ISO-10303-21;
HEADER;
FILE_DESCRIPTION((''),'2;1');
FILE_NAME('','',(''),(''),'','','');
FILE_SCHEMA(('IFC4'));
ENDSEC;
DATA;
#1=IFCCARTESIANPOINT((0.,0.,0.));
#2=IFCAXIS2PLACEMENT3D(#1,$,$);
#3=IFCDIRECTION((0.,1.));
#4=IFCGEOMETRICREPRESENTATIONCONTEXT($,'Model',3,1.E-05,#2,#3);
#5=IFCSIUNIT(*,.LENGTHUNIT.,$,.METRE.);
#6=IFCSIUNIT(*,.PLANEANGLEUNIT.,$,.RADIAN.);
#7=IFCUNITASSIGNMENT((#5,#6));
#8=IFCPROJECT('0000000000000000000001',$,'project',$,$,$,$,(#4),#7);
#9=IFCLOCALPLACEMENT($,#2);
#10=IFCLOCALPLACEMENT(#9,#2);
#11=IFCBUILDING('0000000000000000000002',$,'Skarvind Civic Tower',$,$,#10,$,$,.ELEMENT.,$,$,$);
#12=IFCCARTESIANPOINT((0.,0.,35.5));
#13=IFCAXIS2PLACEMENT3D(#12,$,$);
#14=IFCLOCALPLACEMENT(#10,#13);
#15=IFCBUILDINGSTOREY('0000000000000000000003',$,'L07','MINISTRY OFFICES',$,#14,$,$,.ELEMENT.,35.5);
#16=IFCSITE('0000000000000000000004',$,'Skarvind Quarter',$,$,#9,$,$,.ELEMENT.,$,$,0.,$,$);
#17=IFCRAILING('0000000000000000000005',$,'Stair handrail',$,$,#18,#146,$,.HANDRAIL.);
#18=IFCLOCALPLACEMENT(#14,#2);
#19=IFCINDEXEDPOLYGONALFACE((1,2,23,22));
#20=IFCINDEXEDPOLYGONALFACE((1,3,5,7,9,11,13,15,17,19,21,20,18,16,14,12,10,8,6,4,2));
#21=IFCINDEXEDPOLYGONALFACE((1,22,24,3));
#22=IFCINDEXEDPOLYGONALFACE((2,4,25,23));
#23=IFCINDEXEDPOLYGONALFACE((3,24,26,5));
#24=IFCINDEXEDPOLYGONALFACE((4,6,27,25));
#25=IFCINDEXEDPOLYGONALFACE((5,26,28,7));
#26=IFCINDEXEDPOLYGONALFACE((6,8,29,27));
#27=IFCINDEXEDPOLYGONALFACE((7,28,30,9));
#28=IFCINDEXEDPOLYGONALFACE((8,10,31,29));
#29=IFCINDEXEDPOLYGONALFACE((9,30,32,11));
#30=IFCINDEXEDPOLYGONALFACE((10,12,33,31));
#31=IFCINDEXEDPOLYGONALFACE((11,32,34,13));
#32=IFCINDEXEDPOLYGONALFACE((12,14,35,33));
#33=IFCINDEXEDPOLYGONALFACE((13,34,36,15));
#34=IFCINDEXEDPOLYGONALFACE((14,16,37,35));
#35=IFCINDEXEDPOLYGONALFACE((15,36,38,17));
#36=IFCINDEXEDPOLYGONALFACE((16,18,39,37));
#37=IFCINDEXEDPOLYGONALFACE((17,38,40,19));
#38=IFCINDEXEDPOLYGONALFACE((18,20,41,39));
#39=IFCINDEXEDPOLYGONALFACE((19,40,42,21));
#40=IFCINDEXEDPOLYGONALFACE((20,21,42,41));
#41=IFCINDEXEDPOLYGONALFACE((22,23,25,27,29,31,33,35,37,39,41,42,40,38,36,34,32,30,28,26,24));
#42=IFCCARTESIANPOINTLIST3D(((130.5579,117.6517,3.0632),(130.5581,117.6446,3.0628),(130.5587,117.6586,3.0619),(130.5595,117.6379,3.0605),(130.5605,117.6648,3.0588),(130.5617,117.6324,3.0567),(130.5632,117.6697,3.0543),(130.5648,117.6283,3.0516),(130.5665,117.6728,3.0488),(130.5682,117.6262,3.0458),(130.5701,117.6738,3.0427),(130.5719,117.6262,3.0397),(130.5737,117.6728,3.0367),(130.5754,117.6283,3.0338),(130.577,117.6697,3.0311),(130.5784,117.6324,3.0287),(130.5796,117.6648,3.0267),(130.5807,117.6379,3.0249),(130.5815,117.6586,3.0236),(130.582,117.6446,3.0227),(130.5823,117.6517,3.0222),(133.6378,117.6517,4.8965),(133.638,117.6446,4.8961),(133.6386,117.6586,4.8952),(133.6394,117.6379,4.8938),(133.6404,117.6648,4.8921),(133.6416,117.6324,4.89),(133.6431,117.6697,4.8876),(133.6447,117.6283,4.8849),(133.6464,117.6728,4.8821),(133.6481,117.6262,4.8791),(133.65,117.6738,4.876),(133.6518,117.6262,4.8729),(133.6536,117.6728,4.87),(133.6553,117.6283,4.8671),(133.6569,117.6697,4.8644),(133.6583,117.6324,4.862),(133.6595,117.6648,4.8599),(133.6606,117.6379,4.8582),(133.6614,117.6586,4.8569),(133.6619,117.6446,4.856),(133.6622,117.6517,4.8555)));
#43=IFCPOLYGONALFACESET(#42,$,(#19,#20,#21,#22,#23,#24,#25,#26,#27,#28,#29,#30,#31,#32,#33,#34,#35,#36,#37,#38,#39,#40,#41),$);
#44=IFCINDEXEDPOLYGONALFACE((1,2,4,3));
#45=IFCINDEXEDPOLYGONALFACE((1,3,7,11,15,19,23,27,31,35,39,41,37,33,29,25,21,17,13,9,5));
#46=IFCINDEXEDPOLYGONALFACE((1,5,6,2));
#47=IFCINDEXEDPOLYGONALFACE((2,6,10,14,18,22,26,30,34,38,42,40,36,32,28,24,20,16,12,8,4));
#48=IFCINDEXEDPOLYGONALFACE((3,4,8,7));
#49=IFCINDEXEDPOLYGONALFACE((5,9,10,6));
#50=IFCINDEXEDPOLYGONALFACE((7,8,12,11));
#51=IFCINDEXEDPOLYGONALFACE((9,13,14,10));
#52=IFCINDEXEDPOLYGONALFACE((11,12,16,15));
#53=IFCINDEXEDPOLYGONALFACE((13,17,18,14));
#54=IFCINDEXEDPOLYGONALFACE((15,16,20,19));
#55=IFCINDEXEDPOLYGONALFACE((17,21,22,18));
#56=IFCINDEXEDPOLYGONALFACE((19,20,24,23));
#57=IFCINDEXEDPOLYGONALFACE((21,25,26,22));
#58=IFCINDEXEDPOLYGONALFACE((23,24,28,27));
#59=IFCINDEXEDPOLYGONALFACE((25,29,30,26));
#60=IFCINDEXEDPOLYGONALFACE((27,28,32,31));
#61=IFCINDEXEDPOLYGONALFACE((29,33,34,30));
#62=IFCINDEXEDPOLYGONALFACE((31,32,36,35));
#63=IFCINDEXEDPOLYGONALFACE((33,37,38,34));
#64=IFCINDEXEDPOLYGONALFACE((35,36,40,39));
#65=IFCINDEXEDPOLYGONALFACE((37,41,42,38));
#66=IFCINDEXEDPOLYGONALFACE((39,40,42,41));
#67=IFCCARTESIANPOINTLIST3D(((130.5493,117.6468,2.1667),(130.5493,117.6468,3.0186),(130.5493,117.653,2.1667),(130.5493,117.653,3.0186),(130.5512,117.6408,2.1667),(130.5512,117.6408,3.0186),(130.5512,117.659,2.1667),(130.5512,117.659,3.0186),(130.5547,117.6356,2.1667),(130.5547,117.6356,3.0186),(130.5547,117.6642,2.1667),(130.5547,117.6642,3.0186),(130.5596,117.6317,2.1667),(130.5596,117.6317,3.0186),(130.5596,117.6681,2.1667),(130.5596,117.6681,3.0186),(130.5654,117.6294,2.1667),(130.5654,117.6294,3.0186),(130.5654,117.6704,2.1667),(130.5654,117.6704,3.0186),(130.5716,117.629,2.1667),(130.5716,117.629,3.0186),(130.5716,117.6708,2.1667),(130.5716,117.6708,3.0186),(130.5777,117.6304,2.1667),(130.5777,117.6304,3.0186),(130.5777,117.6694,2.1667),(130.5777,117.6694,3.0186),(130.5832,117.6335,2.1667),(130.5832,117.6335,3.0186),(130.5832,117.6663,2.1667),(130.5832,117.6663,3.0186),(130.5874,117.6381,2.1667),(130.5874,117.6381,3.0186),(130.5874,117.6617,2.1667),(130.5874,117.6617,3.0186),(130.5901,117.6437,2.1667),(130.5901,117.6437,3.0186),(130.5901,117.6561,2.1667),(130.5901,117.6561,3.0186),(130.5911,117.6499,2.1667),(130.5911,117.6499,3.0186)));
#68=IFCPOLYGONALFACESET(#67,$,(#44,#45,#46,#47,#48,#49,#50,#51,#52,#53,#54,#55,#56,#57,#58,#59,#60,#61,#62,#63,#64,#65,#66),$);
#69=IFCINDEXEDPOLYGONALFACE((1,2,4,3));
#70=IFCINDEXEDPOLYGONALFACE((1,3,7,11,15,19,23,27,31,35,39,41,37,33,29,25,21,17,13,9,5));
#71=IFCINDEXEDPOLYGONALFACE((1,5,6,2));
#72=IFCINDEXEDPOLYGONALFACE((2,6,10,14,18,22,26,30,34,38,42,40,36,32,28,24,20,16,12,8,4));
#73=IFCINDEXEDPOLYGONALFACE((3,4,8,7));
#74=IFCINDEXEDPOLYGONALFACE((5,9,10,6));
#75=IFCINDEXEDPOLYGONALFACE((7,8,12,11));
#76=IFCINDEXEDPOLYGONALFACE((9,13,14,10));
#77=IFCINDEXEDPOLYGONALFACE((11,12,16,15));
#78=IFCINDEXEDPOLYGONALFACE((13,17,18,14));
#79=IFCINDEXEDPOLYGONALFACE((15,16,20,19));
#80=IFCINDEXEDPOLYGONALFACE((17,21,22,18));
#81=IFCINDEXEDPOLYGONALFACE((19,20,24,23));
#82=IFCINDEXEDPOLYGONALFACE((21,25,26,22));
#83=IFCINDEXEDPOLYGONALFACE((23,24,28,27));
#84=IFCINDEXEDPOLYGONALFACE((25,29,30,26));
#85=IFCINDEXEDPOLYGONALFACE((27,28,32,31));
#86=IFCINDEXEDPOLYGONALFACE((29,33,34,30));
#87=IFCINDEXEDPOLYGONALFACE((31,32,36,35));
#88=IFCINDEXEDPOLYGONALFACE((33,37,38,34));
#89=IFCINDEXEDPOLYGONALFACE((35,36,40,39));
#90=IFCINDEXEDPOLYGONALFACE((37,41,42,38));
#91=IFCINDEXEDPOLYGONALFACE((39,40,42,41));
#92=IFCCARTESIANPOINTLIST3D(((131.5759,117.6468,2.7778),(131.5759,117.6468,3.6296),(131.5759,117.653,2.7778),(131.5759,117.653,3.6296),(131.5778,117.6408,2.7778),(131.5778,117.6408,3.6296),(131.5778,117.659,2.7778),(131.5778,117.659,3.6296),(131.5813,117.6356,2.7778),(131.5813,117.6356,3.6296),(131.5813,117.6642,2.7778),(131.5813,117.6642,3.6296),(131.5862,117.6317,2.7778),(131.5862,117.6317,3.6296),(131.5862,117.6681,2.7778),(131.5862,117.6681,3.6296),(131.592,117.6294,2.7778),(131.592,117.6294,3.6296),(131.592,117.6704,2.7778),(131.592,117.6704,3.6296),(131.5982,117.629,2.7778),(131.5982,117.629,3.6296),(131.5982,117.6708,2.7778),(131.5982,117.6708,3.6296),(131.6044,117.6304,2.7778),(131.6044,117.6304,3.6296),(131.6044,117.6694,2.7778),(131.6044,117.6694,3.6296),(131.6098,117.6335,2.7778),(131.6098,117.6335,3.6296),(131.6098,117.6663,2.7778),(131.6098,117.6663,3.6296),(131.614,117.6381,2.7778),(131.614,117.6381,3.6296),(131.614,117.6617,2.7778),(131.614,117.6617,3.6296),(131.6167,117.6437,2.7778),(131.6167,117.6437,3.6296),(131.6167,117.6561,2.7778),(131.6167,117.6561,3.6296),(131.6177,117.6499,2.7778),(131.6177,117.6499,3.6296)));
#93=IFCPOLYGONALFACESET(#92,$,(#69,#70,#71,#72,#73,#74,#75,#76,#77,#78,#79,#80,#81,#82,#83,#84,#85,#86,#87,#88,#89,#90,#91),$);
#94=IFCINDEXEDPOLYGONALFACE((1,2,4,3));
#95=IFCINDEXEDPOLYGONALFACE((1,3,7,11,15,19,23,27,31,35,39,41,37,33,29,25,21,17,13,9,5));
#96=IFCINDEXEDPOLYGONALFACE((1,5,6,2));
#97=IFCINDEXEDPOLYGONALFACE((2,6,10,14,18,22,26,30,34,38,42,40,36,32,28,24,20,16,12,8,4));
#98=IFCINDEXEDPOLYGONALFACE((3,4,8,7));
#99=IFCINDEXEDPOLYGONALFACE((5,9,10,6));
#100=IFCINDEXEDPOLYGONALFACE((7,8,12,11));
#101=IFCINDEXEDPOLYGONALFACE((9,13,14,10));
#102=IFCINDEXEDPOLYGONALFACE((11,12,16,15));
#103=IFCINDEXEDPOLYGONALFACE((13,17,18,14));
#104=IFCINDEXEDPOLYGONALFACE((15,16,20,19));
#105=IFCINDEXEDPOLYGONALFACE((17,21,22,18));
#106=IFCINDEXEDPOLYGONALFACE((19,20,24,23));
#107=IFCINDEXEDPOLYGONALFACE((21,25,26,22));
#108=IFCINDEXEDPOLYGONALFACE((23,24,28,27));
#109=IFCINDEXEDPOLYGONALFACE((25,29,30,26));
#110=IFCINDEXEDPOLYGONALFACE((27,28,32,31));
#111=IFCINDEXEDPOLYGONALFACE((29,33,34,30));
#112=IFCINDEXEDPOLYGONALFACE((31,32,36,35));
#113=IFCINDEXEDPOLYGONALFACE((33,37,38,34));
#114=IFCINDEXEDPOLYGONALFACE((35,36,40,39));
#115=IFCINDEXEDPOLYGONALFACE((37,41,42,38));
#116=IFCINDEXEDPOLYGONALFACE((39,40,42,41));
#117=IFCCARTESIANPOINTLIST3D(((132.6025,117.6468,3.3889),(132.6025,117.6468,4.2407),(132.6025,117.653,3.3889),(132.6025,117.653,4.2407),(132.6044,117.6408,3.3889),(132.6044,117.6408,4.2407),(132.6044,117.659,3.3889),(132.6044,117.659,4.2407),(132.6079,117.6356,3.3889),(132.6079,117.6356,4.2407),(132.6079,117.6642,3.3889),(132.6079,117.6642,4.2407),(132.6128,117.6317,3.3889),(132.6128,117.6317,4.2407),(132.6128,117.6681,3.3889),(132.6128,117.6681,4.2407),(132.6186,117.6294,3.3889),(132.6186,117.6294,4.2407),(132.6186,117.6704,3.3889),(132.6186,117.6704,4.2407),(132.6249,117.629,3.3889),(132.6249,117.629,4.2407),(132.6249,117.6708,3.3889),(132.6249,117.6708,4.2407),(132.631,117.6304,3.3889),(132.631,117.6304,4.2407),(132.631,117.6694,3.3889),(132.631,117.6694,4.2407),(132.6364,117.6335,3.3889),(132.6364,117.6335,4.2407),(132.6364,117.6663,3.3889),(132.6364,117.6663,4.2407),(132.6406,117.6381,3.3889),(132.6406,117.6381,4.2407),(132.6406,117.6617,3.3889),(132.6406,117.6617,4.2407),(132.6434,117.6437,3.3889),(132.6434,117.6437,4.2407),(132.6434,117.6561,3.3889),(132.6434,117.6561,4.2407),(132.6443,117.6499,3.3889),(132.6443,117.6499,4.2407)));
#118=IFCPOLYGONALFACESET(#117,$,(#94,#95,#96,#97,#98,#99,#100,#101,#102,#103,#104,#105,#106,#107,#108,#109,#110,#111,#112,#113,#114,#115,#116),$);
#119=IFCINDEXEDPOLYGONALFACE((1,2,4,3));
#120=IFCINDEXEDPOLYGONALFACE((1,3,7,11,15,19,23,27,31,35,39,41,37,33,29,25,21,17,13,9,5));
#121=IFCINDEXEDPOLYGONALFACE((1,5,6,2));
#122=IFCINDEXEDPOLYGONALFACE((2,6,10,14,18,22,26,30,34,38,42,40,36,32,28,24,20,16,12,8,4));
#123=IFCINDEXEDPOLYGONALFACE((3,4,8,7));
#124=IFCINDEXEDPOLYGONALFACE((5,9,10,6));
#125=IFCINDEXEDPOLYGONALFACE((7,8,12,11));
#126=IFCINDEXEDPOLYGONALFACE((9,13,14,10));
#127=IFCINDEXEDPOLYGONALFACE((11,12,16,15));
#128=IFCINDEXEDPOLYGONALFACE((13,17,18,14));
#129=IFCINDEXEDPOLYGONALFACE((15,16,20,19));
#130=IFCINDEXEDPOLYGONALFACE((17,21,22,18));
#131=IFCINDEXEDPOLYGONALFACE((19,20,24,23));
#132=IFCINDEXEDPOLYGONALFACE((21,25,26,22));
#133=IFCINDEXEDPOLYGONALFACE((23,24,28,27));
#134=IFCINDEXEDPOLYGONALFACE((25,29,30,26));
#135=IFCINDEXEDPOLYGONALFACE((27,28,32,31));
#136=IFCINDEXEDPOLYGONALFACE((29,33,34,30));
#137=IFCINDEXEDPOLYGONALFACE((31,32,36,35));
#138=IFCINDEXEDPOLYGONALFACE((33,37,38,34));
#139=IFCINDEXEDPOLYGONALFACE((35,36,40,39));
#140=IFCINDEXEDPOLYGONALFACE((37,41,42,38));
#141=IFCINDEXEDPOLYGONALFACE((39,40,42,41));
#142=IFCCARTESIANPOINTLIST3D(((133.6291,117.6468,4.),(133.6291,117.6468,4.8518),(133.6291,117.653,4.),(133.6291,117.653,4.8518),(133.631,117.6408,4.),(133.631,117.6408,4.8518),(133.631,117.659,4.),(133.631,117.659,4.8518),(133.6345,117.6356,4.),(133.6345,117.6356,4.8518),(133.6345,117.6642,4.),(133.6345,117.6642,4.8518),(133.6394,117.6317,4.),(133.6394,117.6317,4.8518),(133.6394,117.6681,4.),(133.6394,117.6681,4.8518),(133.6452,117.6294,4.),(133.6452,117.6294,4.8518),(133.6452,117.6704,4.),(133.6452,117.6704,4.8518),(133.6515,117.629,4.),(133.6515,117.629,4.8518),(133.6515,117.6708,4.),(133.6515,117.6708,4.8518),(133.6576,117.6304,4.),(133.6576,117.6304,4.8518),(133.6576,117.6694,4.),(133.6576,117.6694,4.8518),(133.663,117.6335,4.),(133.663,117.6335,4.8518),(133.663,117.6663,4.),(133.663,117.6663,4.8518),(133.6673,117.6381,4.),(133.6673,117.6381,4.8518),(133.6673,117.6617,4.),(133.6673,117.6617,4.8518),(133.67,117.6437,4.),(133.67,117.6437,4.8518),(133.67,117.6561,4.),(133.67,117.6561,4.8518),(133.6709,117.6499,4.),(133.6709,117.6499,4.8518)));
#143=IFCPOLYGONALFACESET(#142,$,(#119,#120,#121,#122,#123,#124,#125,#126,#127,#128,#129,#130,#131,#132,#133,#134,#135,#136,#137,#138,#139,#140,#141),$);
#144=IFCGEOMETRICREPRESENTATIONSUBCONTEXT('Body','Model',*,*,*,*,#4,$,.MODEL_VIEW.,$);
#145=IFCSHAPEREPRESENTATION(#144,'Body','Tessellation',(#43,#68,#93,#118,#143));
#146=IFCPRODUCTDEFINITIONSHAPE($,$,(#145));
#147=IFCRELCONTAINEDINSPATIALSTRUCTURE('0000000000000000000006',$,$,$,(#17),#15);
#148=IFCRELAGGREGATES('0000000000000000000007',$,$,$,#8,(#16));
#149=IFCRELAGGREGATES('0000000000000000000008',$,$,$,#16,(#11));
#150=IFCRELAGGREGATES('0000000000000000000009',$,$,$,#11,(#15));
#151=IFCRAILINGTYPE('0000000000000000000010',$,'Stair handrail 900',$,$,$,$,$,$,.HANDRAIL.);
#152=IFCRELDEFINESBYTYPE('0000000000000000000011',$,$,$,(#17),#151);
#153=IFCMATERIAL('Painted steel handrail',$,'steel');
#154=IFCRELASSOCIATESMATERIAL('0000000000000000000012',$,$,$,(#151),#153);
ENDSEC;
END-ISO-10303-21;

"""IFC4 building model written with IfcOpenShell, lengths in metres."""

from ifc_helpers import new_model, si_unit, direction, frame, origin, origin_2d, place, context, subcontext, project, spatial, circle, extrude, material, type_object, element, save


model = new_model("IFC4")

# Units and contexts
model_context = context("Model", 3, precision=1e-05, world=origin(), true_north=direction((0.0, 1.0)))
body_context = subcontext(model_context, "Body", "Model", "MODEL_VIEW")
ifc_project = project(units=[si_unit("LENGTHUNIT", "METRE"), si_unit("PLANEANGLEUNIT", "RADIAN")], contexts=[model_context])

# Site, building, storey
site_placement = place(None, origin())
site = spatial("IfcSite", under=ifc_project, at=site_placement, Name="Skarvind Quarter", CompositionType="ELEMENT", RefElevation=0.0)
building_placement = place(site_placement, origin())
building = spatial("IfcBuilding", under=site, at=building_placement, Name="Skarvind Civic Tower", CompositionType="ELEMENT")
storey_placement = place(building_placement, frame((0.0, 0.0, 35.5)))
storey = spatial("IfcBuildingStorey", under=building, at=storey_placement, Name="L07", Description="MINISTRY OFFICES", CompositionType="ELEMENT", Elevation=35.5)

# Railing
ifc_material_1 = material(Name="Painted steel handrail", Category="steel")
railing_type = type_object("IfcRailingType", Name="Stair handrail 900", PredefinedType="HANDRAIL", material=ifc_material_1)
railing_1_placement = place(storey_placement, frame((130.5701, 117.6499, 2.1667)))
element("IfcRailing", 1, at=railing_1_placement, inside=storey, type_object=railing_type, Name="Stair handrail", PredefinedType="HANDRAIL", context=body_context, shape_type="SweptSolid", body=[
    extrude(circle(Radius=0.0239, at=origin_2d()), frame((0.0, 0.0, 0.876), z_axis=(0.859291, 0.0, 0.511487), x_axis=(0.0, 1.0, 0.0)), (0.0, 0.0, 1.0), 3.5842),
    extrude(circle(Radius=0.021, at=origin_2d()), origin(), (0.0, 0.0, 1.0), 0.8518),
    extrude(circle(Radius=0.021, at=origin_2d()), frame((1.0266, 0.0, 0.6111)), (0.0, 0.0, 1.0), 0.8518),
    extrude(circle(Radius=0.021, at=origin_2d()), frame((2.0532, 0.0, 1.2222)), (0.0, 0.0, 1.0), 0.8518),
    extrude(circle(Radius=0.021, at=origin_2d()), frame((3.0798, 0.0, 1.8333)), (0.0, 0.0, 1.0), 0.8518),
])

save(model, "model.ifc")
